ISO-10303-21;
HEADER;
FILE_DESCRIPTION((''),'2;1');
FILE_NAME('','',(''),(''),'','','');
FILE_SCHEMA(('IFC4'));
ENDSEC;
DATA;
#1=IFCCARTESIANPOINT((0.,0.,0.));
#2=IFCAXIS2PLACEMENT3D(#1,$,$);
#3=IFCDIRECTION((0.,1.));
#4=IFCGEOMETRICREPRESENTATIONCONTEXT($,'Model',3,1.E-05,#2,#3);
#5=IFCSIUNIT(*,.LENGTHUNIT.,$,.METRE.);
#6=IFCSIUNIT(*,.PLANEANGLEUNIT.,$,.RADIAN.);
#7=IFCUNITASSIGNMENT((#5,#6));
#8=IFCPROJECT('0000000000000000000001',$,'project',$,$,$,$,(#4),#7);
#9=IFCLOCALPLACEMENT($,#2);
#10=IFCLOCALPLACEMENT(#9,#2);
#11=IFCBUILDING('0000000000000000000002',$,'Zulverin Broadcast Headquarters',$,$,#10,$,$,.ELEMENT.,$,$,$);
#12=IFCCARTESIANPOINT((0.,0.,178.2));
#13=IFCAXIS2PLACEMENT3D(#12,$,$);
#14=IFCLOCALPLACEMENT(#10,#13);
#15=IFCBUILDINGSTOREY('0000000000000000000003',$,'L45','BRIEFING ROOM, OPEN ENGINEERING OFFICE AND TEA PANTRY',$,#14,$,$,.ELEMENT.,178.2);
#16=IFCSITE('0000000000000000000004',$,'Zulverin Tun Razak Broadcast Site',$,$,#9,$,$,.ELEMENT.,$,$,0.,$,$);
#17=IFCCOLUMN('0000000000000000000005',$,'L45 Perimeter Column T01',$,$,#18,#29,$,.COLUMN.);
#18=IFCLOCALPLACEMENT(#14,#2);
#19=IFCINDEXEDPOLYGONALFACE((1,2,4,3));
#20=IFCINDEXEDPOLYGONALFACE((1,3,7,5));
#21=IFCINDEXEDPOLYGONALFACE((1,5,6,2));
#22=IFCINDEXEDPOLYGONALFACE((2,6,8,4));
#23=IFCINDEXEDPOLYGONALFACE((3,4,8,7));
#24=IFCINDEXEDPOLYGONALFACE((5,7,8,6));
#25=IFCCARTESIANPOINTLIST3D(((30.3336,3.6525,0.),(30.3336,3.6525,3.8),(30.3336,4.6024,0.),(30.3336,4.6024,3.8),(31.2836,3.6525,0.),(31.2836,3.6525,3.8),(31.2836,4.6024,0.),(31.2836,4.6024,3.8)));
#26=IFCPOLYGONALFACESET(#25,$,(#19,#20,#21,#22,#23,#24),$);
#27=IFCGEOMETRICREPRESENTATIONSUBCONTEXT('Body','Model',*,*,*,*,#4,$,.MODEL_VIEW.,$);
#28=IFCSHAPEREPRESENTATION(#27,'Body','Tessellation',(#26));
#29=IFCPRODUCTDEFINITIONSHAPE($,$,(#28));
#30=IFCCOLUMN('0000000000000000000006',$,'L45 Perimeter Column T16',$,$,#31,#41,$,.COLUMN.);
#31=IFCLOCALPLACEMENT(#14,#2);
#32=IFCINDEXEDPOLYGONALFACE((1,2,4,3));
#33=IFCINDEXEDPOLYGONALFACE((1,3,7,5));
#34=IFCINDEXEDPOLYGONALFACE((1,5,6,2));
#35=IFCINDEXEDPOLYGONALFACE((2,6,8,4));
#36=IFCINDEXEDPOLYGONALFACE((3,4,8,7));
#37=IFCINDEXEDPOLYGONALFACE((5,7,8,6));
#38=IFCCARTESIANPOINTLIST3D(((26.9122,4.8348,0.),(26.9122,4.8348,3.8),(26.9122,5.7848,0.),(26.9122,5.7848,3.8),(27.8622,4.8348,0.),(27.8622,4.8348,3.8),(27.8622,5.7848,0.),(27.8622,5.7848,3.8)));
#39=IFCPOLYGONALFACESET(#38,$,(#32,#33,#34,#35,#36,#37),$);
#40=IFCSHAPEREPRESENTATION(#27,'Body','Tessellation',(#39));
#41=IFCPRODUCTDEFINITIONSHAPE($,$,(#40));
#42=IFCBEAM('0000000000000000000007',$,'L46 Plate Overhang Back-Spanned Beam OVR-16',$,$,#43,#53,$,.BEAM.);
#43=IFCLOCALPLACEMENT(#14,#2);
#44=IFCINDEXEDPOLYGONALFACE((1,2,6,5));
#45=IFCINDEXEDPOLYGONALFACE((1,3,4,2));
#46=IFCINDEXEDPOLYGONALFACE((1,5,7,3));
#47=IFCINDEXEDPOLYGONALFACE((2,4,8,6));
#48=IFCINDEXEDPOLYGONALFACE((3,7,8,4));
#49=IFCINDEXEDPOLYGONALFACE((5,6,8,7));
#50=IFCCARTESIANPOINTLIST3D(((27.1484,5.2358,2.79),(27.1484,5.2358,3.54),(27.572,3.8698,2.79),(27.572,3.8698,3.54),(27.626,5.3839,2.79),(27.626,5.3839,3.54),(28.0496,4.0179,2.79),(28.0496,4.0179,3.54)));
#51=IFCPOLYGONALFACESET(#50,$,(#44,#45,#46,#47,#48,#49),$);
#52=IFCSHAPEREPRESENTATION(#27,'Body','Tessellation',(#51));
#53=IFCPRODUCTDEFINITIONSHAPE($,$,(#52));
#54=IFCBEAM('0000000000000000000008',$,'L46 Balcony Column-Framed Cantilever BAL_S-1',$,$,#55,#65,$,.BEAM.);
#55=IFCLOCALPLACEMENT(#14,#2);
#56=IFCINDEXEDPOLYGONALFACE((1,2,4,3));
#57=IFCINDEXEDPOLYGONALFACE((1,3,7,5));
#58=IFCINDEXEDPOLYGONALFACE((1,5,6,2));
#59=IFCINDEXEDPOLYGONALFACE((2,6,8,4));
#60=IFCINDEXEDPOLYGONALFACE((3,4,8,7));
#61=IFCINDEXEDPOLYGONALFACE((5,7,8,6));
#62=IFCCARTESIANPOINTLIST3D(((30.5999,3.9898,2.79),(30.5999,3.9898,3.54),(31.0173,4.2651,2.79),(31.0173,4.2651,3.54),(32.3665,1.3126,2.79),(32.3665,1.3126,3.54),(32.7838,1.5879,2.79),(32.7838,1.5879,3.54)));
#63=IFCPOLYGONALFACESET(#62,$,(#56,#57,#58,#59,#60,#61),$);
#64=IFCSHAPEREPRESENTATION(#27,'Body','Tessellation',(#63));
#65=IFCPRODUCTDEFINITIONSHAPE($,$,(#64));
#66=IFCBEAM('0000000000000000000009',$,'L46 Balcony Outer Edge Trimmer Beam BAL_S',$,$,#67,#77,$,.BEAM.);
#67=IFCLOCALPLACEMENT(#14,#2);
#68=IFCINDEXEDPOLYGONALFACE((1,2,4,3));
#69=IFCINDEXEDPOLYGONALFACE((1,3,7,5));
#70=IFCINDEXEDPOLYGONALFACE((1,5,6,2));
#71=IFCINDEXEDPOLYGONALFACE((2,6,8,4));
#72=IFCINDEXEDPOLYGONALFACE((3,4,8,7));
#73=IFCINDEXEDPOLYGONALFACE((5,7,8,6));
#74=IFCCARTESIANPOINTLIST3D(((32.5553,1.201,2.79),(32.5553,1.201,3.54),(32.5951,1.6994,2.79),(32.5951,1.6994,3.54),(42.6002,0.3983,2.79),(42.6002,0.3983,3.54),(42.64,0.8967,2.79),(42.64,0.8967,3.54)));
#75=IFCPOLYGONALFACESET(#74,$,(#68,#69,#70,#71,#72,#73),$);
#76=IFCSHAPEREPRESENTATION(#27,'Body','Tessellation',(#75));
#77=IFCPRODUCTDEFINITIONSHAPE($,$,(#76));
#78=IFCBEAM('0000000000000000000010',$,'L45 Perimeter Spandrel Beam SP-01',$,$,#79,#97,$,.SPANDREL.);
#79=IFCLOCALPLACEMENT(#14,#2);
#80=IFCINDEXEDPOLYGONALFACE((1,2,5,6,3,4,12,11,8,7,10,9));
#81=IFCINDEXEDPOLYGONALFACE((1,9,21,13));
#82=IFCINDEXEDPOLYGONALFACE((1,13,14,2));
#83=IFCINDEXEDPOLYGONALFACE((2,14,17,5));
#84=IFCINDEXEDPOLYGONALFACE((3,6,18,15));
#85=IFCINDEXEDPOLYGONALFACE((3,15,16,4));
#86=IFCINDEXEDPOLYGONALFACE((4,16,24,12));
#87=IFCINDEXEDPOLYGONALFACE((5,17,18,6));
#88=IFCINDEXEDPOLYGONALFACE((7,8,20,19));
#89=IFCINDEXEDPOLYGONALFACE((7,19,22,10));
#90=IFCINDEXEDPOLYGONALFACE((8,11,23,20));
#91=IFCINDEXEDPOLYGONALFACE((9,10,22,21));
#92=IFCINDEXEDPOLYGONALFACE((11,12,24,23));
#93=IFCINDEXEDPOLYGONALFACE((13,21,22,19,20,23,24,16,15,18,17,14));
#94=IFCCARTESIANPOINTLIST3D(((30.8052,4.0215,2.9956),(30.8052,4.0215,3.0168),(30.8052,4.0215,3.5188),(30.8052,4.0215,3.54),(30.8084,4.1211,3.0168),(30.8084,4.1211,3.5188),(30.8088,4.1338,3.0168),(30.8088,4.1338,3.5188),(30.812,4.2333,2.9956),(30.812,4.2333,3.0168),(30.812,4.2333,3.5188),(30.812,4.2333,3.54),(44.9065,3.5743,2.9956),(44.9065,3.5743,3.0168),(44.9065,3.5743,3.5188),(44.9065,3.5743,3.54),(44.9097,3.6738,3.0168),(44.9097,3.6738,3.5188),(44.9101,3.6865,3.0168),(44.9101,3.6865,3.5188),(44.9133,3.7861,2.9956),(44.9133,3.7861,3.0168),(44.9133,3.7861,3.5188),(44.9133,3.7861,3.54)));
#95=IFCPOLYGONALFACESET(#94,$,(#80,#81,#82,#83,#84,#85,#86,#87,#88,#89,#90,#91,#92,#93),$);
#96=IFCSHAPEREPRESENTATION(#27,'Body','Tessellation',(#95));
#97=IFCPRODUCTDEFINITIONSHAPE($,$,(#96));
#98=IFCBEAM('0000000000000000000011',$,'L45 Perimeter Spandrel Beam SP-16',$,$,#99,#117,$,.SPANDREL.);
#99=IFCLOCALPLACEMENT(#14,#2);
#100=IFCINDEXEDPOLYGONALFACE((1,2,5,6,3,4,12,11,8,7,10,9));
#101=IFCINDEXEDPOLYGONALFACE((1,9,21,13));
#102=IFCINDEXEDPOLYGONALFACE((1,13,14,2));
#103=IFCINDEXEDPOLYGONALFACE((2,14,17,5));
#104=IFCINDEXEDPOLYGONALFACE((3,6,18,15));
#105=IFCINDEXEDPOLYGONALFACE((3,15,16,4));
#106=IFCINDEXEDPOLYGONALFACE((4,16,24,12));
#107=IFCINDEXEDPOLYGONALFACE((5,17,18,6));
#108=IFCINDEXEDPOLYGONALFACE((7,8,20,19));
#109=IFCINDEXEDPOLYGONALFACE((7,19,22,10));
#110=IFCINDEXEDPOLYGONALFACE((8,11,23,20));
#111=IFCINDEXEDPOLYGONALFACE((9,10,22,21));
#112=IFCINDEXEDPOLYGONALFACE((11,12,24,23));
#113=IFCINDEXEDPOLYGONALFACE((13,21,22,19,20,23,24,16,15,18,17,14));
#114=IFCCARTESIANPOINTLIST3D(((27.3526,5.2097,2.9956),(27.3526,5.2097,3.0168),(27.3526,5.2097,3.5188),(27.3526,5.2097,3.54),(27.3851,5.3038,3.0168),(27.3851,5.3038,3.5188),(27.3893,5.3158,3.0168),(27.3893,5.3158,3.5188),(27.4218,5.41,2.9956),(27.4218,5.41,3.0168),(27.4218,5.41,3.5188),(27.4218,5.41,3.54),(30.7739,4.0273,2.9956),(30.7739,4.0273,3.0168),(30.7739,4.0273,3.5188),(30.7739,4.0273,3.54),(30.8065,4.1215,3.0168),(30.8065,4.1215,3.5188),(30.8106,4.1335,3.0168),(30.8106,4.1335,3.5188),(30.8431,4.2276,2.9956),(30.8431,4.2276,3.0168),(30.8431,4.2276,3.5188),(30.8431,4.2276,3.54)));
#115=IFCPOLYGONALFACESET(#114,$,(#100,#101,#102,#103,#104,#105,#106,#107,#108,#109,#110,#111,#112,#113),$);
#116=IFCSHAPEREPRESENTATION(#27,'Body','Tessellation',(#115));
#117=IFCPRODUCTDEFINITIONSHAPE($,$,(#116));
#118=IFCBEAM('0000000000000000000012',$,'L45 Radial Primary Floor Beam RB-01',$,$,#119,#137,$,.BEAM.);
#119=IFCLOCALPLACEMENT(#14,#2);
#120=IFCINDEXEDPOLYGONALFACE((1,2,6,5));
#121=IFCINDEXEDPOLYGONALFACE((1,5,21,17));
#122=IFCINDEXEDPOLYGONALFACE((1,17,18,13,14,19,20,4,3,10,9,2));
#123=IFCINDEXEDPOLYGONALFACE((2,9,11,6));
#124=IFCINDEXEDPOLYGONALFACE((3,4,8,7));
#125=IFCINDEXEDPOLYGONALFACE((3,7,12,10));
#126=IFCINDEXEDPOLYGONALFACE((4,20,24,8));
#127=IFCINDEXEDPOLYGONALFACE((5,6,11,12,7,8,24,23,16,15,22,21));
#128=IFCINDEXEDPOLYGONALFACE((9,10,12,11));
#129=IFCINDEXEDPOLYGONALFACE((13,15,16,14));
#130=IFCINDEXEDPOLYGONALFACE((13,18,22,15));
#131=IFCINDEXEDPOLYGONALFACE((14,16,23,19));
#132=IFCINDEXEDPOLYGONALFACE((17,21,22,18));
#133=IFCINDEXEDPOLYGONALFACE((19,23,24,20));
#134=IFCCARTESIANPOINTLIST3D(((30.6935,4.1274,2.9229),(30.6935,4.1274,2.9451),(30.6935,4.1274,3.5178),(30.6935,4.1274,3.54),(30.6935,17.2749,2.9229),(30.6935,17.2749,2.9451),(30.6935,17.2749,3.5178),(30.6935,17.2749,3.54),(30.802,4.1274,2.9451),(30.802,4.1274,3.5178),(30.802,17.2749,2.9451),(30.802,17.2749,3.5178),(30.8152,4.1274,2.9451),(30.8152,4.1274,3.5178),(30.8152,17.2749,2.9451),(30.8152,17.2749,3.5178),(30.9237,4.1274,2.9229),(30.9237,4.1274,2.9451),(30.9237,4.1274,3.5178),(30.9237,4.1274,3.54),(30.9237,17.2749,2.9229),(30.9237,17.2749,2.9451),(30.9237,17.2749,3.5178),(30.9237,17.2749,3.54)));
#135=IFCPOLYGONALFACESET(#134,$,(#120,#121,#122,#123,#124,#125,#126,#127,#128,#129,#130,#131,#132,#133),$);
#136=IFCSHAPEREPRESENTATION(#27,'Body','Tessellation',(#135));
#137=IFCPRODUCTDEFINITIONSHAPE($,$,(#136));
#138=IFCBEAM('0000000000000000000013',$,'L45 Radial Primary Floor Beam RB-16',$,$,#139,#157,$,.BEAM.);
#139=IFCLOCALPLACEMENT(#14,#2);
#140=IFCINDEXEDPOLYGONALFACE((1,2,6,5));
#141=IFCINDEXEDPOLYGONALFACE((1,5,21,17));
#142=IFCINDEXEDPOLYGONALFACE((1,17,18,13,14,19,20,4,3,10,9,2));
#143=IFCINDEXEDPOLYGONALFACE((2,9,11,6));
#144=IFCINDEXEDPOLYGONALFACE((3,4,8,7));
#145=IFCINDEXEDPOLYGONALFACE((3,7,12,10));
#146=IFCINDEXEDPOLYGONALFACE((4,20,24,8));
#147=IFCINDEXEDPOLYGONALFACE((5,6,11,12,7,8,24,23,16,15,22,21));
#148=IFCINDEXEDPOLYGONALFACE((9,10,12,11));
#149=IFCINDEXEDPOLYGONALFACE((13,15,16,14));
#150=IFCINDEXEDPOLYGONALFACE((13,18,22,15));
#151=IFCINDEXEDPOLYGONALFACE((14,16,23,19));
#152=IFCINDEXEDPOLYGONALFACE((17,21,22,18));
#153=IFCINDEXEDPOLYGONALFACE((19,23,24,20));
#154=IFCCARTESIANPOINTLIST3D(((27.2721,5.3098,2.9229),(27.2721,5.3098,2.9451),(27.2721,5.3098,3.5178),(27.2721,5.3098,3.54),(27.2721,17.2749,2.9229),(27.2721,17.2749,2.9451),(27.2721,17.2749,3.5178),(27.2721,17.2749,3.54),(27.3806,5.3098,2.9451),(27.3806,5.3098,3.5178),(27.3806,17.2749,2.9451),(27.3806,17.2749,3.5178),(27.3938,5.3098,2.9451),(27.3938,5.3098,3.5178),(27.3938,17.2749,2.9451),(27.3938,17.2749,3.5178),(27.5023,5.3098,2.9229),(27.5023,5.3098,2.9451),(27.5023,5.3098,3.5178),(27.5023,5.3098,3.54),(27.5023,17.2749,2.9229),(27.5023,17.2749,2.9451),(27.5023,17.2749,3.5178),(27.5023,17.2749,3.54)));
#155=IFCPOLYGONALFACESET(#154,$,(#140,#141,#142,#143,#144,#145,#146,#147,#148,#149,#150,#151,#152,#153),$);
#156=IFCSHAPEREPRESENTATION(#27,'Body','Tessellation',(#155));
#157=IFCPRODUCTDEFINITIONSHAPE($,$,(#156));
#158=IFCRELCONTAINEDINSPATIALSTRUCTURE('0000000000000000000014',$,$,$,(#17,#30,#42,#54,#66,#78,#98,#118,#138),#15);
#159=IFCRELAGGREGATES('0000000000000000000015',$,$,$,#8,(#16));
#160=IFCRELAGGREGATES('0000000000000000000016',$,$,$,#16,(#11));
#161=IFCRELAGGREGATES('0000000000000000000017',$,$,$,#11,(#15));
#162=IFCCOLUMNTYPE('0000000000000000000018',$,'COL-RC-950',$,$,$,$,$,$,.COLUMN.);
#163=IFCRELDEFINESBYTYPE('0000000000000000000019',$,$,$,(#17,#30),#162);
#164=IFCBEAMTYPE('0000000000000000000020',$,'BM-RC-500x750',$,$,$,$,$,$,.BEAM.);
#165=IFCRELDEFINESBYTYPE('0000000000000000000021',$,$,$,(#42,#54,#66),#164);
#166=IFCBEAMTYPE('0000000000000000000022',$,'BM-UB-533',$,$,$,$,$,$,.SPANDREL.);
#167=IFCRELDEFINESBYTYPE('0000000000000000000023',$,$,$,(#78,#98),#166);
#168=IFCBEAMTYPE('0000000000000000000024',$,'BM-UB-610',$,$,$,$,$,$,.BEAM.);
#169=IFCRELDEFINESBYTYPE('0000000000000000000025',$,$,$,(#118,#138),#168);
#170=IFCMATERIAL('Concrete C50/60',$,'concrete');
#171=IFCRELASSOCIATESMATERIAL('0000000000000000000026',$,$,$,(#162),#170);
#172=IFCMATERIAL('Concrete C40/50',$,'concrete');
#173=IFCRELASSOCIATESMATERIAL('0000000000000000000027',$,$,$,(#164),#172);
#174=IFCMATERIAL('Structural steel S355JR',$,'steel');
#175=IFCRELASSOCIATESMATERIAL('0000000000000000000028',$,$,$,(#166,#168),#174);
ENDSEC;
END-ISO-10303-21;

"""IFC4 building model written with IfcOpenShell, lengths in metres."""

from ifc_helpers import new_model, si_unit, direction, frame, origin, origin_2d, place, context, subcontext, project, spatial, rectangle, i_section, extrude, material, material_profile, profile_set, type_object, element, save


model = new_model("IFC4")

# Units and contexts
model_context = context("Model", 3, precision=1e-05, world=origin(), true_north=direction((0.0, 1.0)))
body_context = subcontext(model_context, "Body", "Model", "MODEL_VIEW")
ifc_project = project(units=[si_unit("LENGTHUNIT", "METRE"), si_unit("PLANEANGLEUNIT", "RADIAN")], contexts=[model_context])

# Site, building, storey
site_placement = place(None, origin())
site = spatial("IfcSite", under=ifc_project, at=site_placement, Name="Zulverin Tun Razak Broadcast Site", CompositionType="ELEMENT", RefElevation=0.0)
building_placement = place(site_placement, origin())
building = spatial("IfcBuilding", under=site, at=building_placement, Name="Zulverin Broadcast Headquarters", CompositionType="ELEMENT")
storey_placement = place(building_placement, frame((0.0, 0.0, 178.2)))
storey = spatial("IfcBuildingStorey", under=building, at=storey_placement, Name="L45", Description="BRIEFING ROOM, OPEN ENGINEERING OFFICE AND TEA PANTRY", CompositionType="ELEMENT", Elevation=178.2)

# Columns
ifc_material_1 = material(Name="Concrete C50/60", Category="concrete")
ifc_material_profile_1 = material_profile(ifc_material_1, rectangle(XDim=0.95, YDim=0.95, at=origin_2d()), Name="Concrete C50/60", Category="concrete")
ifc_profile_set_1 = profile_set([ifc_material_profile_1], Name="Concrete C50/60")
column_type = type_object("IfcColumnType", Name="COL-RC-950", PredefinedType="COLUMN", material=ifc_profile_set_1)
for number, where, z_axis, x_axis, name in (
    (1, (30.8086, 4.1274, 0.0), (0.0, 0.0, 1.0), (1.0, 0.0, 0.0), "L45 Perimeter Column T01"),
    (2, (27.3872, 5.3098, 0.0), (0.0, 0.0, 1.0), (1.0, 0.0, 0.0), "L45 Perimeter Column T16"),
):
    element("IfcColumn", number, at=place(storey_placement, frame(where, z_axis=z_axis, x_axis=x_axis)), inside=storey, type_object=column_type, Name=name, PredefinedType="COLUMN", context=body_context, shape_type="SweptSolid", body=[
        extrude(rectangle(XDim=0.95, YDim=0.95, at=origin_2d()), origin(), (0.0, 0.0, 1.0), 3.8),
    ])

# Beams
ifc_material_2 = material(Name="Concrete C40/50", Category="concrete")
ifc_material_profile_2 = material_profile(ifc_material_2, rectangle(XDim=0.5, YDim=0.75, at=origin_2d()), Name="Concrete C40/50", Category="concrete")
ifc_profile_set_2 = profile_set([ifc_material_profile_2], Name="Concrete C40/50")
beam_type_1 = type_object("IfcBeamType", Name="BM-RC-500x750", PredefinedType="BEAM", material=ifc_profile_set_2)
beam_1_placement = place(storey_placement, frame((27.3872, 5.3098, 3.165), z_axis=(0.296184, -0.955131, 0.0), x_axis=(0.955131, 0.296184, 0.0)))
element("IfcBeam", 3, at=beam_1_placement, inside=storey, type_object=beam_type_1, Name="L46 Plate Overhang Back-Spanned Beam OVR-16", PredefinedType="BEAM", context=body_context, shape_type="SweptSolid", body=[
    extrude(rectangle(XDim=0.5, YDim=0.75, at=origin_2d()), origin(), (0.0, 0.0, 1.0), 1.4302),
])
beam_2_placement = place(storey_placement, frame((30.8086, 4.1274, 3.165), z_axis=(0.550759, -0.834664, 0.0), x_axis=(0.834664, 0.550759, 0.0)))
element("IfcBeam", 4, at=beam_2_placement, inside=storey, type_object=beam_type_1, Name="L46 Balcony Column-Framed Cantilever BAL_S-1", PredefinedType="BEAM", context=body_context, shape_type="SweptSolid", body=[
    extrude(rectangle(XDim=0.5, YDim=0.75, at=origin_2d()), origin(), (0.0, 0.0, 1.0), 3.2075),
])
beam_3_placement = place(storey_placement, frame((32.5752, 1.4502, 3.165), z_axis=(0.996822, -0.07966, 0.0), x_axis=(0.07966, 0.996822, 0.0)))
element("IfcBeam", 5, at=beam_3_placement, inside=storey, type_object=beam_type_1, Name="L46 Balcony Outer Edge Trimmer Beam BAL_S", PredefinedType="BEAM", context=body_context, shape_type="SweptSolid", body=[
    extrude(rectangle(XDim=0.5, YDim=0.75, at=origin_2d()), origin(), (0.0, 0.0, 1.0), 10.0769),
])
ifc_material_3 = material(Name="Structural steel S355JR", Category="steel")
ifc_material_profile_3 = material_profile(ifc_material_3, i_section(OverallWidth=0.2119, OverallDepth=0.5444, WebThickness=0.0127, FlangeThickness=0.0212, at=origin_2d()), Name="Structural steel S355JR", Category="steel")
ifc_profile_set_3 = profile_set([ifc_material_profile_3], Name="Structural steel S355JR")
beam_type_2 = type_object("IfcBeamType", Name="BM-UB-533", PredefinedType="SPANDREL", material=ifc_profile_set_3)
beam_4_placement = place(storey_placement, frame((30.8086, 4.1274, 3.2678), z_axis=(0.999497, -0.031702, 0.0), x_axis=(0.031702, 0.999497, 0.0)))
element("IfcBeam", 6, at=beam_4_placement, inside=storey, type_object=beam_type_2, Name="L45 Perimeter Spandrel Beam SP-01", PredefinedType="SPANDREL", context=body_context, shape_type="SweptSolid", body=[
    extrude(i_section(OverallWidth=0.2119, OverallDepth=0.5444, WebThickness=0.0127, FlangeThickness=0.0212, at=origin_2d()), origin(), (0.0, 0.0, 1.0), 14.1084),
])
beam_5_placement = place(storey_placement, frame((27.3872, 5.3098, 3.2678), z_axis=(0.945153, -0.326629, 0.0), x_axis=(0.326629, 0.945153, 0.0)))
element("IfcBeam", 7, at=beam_5_placement, inside=storey, type_object=beam_type_2, Name="L45 Perimeter Spandrel Beam SP-16", PredefinedType="SPANDREL", context=body_context, shape_type="SweptSolid", body=[
    extrude(i_section(OverallWidth=0.2119, OverallDepth=0.5444, WebThickness=0.0127, FlangeThickness=0.0212, at=origin_2d()), origin(), (0.0, 0.0, 1.0), 3.6199),
])
ifc_material_profile_4 = material_profile(ifc_material_3, i_section(OverallWidth=0.2302, OverallDepth=0.6172, WebThickness=0.0132, FlangeThickness=0.0222, at=origin_2d()), Name="Structural steel S355JR", Category="steel")
ifc_profile_set_4 = profile_set([ifc_material_profile_4], Name="Structural steel S355JR")
beam_type_3 = type_object("IfcBeamType", Name="BM-UB-610", PredefinedType="BEAM", material=ifc_profile_set_4)
beam_6_placement = place(storey_placement, frame((30.8086, 17.2749, 3.2314), z_axis=(0.0, -1.0, 0.0), x_axis=(1.0, 0.0, 0.0)))
element("IfcBeam", 8, at=beam_6_placement, inside=storey, type_object=beam_type_3, Name="L45 Radial Primary Floor Beam RB-01", PredefinedType="BEAM", context=body_context, shape_type="SweptSolid", body=[
    extrude(i_section(OverallWidth=0.2302, OverallDepth=0.6172, WebThickness=0.0132, FlangeThickness=0.0222, at=origin_2d()), origin(), (0.0, 0.0, 1.0), 13.1475),
])
beam_7_placement = place(storey_placement, frame((27.3872, 17.2749, 3.2314), z_axis=(0.0, -1.0, 0.0), x_axis=(1.0, 0.0, 0.0)))
element("IfcBeam", 9, at=beam_7_placement, inside=storey, type_object=beam_type_3, Name="L45 Radial Primary Floor Beam RB-16", PredefinedType="BEAM", context=body_context, shape_type="SweptSolid", body=[
    extrude(i_section(OverallWidth=0.2302, OverallDepth=0.6172, WebThickness=0.0132, FlangeThickness=0.0222, at=origin_2d()), origin(), (0.0, 0.0, 1.0), 11.9651),
])

save(model, "model.ifc")
